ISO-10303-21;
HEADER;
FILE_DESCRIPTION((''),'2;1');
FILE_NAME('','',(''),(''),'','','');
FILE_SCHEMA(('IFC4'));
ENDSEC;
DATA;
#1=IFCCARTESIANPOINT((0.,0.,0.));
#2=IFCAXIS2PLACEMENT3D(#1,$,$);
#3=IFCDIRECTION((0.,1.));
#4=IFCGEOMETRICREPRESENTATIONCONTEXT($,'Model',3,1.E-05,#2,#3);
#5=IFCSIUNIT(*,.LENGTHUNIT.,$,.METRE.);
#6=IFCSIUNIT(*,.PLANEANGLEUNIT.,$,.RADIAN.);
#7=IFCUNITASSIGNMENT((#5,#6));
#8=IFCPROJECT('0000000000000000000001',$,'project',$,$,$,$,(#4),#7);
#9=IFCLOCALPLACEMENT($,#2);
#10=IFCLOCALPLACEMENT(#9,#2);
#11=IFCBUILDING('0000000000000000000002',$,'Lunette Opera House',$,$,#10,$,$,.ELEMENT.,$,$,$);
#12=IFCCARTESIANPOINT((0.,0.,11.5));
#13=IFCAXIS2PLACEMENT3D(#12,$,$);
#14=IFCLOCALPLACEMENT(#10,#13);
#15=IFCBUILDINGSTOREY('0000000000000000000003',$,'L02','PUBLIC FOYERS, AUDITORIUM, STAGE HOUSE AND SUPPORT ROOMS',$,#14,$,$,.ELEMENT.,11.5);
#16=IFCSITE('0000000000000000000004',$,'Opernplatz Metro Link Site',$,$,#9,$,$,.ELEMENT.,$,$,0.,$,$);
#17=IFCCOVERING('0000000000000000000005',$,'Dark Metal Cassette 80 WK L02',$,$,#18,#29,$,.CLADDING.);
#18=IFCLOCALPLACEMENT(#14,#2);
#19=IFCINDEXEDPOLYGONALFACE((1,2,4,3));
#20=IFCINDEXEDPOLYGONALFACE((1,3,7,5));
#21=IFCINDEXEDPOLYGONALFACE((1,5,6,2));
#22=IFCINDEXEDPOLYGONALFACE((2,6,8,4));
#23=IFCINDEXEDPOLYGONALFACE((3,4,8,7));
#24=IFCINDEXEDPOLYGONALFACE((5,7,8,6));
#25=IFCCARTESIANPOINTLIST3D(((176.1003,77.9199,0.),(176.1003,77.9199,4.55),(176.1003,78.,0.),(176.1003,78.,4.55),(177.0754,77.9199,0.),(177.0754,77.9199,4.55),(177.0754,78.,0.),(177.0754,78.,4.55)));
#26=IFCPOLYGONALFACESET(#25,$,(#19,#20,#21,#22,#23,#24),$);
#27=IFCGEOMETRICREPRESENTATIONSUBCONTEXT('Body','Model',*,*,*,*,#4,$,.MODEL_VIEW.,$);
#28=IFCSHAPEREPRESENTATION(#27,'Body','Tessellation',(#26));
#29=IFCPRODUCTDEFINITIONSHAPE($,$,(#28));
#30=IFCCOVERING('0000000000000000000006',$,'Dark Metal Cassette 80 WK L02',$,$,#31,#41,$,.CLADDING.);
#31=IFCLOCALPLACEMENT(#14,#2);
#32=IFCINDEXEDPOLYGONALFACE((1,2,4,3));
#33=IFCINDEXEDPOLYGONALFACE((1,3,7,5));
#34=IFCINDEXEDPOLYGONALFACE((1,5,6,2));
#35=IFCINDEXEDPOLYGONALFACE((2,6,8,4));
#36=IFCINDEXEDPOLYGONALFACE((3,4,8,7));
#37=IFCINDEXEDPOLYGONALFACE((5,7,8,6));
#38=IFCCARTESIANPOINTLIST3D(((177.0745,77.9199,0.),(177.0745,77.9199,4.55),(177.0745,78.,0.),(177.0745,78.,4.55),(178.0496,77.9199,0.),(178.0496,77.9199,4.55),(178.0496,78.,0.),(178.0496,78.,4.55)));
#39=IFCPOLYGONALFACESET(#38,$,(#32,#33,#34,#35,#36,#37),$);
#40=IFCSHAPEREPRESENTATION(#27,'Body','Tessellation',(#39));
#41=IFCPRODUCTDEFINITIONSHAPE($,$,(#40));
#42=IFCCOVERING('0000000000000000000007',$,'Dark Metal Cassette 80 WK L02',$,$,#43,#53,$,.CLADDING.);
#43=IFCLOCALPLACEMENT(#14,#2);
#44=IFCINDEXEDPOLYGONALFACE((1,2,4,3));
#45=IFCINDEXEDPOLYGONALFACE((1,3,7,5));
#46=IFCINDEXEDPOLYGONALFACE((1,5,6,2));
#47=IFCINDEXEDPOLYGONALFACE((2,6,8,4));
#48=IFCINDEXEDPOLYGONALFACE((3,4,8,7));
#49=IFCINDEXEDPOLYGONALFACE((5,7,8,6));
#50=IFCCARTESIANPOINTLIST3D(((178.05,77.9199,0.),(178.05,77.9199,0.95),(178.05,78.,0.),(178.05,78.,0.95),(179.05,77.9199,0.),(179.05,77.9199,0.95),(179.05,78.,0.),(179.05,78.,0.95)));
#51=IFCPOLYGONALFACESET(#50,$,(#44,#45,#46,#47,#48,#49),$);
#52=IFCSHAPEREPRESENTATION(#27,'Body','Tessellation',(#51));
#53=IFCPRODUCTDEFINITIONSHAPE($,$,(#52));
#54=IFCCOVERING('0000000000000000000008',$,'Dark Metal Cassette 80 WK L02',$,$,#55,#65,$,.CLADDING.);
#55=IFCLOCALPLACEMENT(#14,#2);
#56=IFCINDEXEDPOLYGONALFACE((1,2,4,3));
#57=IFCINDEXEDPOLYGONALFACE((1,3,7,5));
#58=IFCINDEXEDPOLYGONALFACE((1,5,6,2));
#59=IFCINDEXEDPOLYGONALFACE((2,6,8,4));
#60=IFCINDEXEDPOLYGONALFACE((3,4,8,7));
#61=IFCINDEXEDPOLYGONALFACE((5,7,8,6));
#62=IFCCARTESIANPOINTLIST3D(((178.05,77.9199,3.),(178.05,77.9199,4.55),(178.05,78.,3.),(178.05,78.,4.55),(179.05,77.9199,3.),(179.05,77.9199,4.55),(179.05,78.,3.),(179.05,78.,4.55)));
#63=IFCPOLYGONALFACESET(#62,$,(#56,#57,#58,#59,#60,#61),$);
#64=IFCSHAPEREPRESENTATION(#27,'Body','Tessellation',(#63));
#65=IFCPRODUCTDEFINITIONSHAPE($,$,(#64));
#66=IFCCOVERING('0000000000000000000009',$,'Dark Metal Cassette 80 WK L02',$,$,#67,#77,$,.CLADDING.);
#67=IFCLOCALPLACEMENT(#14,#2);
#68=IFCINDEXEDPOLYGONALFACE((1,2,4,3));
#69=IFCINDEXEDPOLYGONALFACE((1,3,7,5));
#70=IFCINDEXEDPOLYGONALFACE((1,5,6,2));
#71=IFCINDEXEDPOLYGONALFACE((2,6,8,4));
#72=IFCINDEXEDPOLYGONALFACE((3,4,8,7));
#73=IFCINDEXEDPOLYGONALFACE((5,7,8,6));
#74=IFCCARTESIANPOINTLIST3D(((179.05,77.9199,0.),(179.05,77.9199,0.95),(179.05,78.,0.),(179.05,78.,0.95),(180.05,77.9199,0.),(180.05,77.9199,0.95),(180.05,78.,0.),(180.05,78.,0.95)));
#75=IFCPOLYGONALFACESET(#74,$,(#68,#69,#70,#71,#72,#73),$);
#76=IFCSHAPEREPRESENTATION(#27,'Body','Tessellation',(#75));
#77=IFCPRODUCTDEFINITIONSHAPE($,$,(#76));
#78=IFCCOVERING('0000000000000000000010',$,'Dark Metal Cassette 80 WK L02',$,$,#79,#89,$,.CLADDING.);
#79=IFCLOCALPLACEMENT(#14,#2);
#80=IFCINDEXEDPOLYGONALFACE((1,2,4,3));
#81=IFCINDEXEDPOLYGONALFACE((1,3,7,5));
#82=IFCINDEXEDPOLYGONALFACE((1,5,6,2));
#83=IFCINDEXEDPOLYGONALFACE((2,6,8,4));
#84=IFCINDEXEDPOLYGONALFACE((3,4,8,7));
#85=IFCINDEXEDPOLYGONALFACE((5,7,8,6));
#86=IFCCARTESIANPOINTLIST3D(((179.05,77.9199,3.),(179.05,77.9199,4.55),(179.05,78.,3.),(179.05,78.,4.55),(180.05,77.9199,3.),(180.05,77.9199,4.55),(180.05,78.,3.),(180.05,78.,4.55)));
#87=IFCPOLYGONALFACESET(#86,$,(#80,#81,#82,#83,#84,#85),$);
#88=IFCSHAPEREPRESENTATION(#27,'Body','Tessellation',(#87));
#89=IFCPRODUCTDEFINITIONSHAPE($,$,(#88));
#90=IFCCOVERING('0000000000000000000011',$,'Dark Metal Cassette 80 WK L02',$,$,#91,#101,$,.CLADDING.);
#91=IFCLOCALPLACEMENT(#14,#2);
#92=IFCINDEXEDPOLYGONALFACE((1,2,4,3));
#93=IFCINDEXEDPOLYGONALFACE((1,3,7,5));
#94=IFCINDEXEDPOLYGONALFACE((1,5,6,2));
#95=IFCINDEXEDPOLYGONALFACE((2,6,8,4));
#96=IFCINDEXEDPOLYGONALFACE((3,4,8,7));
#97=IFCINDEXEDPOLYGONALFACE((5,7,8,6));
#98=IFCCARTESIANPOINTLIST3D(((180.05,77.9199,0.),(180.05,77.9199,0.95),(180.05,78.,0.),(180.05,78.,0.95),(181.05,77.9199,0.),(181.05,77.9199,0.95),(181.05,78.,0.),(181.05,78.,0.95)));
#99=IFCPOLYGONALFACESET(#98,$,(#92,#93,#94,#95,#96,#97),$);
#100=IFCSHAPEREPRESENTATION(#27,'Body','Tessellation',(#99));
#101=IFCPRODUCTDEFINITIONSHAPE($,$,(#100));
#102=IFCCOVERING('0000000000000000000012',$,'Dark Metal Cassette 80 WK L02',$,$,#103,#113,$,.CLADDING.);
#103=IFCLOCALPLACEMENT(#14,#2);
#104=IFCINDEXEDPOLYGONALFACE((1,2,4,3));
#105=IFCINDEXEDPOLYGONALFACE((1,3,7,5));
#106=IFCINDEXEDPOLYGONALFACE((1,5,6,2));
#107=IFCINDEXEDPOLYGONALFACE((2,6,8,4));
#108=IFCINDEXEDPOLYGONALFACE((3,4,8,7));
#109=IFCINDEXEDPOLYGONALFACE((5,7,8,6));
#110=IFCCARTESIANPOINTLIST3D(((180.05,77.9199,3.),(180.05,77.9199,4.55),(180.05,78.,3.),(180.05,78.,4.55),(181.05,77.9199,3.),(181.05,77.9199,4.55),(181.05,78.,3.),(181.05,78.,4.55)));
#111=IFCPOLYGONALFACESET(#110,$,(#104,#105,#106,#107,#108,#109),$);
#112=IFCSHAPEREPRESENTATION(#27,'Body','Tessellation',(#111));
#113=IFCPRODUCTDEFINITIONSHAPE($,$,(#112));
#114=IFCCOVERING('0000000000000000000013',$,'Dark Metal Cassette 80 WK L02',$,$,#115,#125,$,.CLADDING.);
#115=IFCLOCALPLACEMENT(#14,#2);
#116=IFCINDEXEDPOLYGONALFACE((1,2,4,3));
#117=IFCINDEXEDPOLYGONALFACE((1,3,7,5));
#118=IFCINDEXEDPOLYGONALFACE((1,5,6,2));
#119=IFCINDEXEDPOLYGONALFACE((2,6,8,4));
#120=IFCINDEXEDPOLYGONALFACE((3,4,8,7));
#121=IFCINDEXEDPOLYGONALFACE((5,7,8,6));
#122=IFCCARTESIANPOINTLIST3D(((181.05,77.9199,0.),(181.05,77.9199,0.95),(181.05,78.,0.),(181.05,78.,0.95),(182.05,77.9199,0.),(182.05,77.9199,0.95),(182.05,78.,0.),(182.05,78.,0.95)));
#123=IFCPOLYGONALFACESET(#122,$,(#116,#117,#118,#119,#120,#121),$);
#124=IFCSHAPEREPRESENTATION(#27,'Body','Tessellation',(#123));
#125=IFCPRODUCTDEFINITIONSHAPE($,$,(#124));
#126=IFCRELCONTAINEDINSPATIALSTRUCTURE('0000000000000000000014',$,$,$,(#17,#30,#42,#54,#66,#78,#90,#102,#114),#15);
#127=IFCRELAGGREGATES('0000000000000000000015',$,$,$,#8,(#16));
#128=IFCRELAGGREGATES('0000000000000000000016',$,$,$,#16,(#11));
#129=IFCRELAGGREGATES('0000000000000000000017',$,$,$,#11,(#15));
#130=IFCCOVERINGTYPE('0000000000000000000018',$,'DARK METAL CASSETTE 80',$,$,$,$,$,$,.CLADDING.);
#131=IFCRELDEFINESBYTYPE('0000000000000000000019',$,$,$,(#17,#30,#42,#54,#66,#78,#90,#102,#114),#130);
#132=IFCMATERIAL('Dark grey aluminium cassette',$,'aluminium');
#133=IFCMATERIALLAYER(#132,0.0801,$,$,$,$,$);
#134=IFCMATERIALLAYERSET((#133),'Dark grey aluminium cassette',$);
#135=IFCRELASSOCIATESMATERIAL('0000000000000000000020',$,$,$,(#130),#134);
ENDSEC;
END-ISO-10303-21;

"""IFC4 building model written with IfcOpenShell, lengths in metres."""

from ifc_helpers import new_model, si_unit, direction, frame, origin, origin_2d, place, context, subcontext, project, spatial, rectangle, extrude, material, layer, layer_set, type_object, element, save


model = new_model("IFC4")

# Units and contexts
model_context = context("Model", 3, precision=1e-05, world=origin(), true_north=direction((0.0, 1.0)))
body_context = subcontext(model_context, "Body", "Model", "MODEL_VIEW")
ifc_project = project(units=[si_unit("LENGTHUNIT", "METRE"), si_unit("PLANEANGLEUNIT", "RADIAN")], contexts=[model_context])

# Site, building, storey
site_placement = place(None, origin())
site = spatial("IfcSite", under=ifc_project, at=site_placement, Name="Opernplatz Metro Link Site", CompositionType="ELEMENT", RefElevation=0.0)
building_placement = place(site_placement, origin())
building = spatial("IfcBuilding", under=site, at=building_placement, Name="Lunette Opera House", CompositionType="ELEMENT")
storey_placement = place(building_placement, frame((0.0, 0.0, 11.5)))
storey = spatial("IfcBuildingStorey", under=building, at=storey_placement, Name="L02", Description="PUBLIC FOYERS, AUDITORIUM, STAGE HOUSE AND SUPPORT ROOMS", CompositionType="ELEMENT", Elevation=11.5)

# Coverings
ifc_material_1 = material(Name="Dark grey aluminium cassette", Category="aluminium")
ifc_layer_1 = layer(ifc_material_1, 0.0801)
ifc_layer_set_1 = layer_set([ifc_layer_1], Name="Dark grey aluminium cassette")
covering_type = type_object("IfcCoveringType", Name="DARK METAL CASSETTE 80", PredefinedType="CLADDING", material=ifc_layer_set_1)
for number, where, z_axis, x_axis, name in (
    (1, (176.5879, 77.96, 0.0), (0.0, 0.0, 1.0), (1.0, 0.0, 0.0), "Dark Metal Cassette 80 WK L02"),
    (2, (177.562, 77.96, 0.0), (0.0, 0.0, 1.0), (1.0, 0.0, 0.0), "Dark Metal Cassette 80 WK L02"),
):
    element("IfcCovering", number, at=place(storey_placement, frame(where, z_axis=z_axis, x_axis=x_axis)), inside=storey, type_object=covering_type, Name=name, PredefinedType="CLADDING", context=body_context, shape_type="SweptSolid", body=[
        extrude(rectangle(XDim=0.9751, YDim=0.0801, at=origin_2d()), origin(), (0.0, 0.0, 1.0), 4.55),
    ])
covering_1_placement = place(storey_placement, frame((178.55, 77.96, 0.0), z_axis=(0.0, 0.0, 1.0), x_axis=(1.0, 0.0, 0.0)))
element("IfcCovering", 3, at=covering_1_placement, inside=storey, type_object=covering_type, Name="Dark Metal Cassette 80 WK L02", PredefinedType="CLADDING", context=body_context, shape_type="SweptSolid", body=[
    extrude(rectangle(XDim=1.0, YDim=0.0801, at=origin_2d()), origin(), (0.0, 0.0, 1.0), 0.95),
])
covering_2_placement = place(storey_placement, frame((178.55, 77.96, 3.0), z_axis=(0.0, 0.0, 1.0), x_axis=(1.0, 0.0, 0.0)))
element("IfcCovering", 4, at=covering_2_placement, inside=storey, type_object=covering_type, Name="Dark Metal Cassette 80 WK L02", PredefinedType="CLADDING", context=body_context, shape_type="SweptSolid", body=[
    extrude(rectangle(XDim=1.0, YDim=0.0801, at=origin_2d()), origin(), (0.0, 0.0, 1.0), 1.55),
])
covering_3_placement = place(storey_placement, frame((179.55, 77.96, 0.0), z_axis=(0.0, 0.0, 1.0), x_axis=(1.0, 0.0, 0.0)))
element("IfcCovering", 5, at=covering_3_placement, inside=storey, type_object=covering_type, Name="Dark Metal Cassette 80 WK L02", PredefinedType="CLADDING", context=body_context, shape_type="SweptSolid", body=[
    extrude(rectangle(XDim=1.0, YDim=0.0801, at=origin_2d()), origin(), (0.0, 0.0, 1.0), 0.95),
])
covering_4_placement = place(storey_placement, frame((179.55, 77.96, 3.0), z_axis=(0.0, 0.0, 1.0), x_axis=(1.0, 0.0, 0.0)))
element("IfcCovering", 6, at=covering_4_placement, inside=storey, type_object=covering_type, Name="Dark Metal Cassette 80 WK L02", PredefinedType="CLADDING", context=body_context, shape_type="SweptSolid", body=[
    extrude(rectangle(XDim=1.0, YDim=0.0801, at=origin_2d()), origin(), (0.0, 0.0, 1.0), 1.55),
])
covering_5_placement = place(storey_placement, frame((180.55, 77.96, 0.0), z_axis=(0.0, 0.0, 1.0), x_axis=(1.0, 0.0, 0.0)))
element("IfcCovering", 7, at=covering_5_placement, inside=storey, type_object=covering_type, Name="Dark Metal Cassette 80 WK L02", PredefinedType="CLADDING", context=body_context, shape_type="SweptSolid", body=[
    extrude(rectangle(XDim=1.0, YDim=0.0801, at=origin_2d()), origin(), (0.0, 0.0, 1.0), 0.95),
])
covering_6_placement = place(storey_placement, frame((180.55, 77.96, 3.0), z_axis=(0.0, 0.0, 1.0), x_axis=(1.0, 0.0, 0.0)))
element("IfcCovering", 8, at=covering_6_placement, inside=storey, type_object=covering_type, Name="Dark Metal Cassette 80 WK L02", PredefinedType="CLADDING", context=body_context, shape_type="SweptSolid", body=[
    extrude(rectangle(XDim=1.0, YDim=0.0801, at=origin_2d()), origin(), (0.0, 0.0, 1.0), 1.55),
])
covering_7_placement = place(storey_placement, frame((181.55, 77.96, 0.0), z_axis=(0.0, 0.0, 1.0), x_axis=(1.0, 0.0, 0.0)))
element("IfcCovering", 9, at=covering_7_placement, inside=storey, type_object=covering_type, Name="Dark Metal Cassette 80 WK L02", PredefinedType="CLADDING", context=body_context, shape_type="SweptSolid", body=[
    extrude(rectangle(XDim=1.0, YDim=0.0801, at=origin_2d()), origin(), (0.0, 0.0, 1.0), 0.95),
])

save(model, "model.ifc")
